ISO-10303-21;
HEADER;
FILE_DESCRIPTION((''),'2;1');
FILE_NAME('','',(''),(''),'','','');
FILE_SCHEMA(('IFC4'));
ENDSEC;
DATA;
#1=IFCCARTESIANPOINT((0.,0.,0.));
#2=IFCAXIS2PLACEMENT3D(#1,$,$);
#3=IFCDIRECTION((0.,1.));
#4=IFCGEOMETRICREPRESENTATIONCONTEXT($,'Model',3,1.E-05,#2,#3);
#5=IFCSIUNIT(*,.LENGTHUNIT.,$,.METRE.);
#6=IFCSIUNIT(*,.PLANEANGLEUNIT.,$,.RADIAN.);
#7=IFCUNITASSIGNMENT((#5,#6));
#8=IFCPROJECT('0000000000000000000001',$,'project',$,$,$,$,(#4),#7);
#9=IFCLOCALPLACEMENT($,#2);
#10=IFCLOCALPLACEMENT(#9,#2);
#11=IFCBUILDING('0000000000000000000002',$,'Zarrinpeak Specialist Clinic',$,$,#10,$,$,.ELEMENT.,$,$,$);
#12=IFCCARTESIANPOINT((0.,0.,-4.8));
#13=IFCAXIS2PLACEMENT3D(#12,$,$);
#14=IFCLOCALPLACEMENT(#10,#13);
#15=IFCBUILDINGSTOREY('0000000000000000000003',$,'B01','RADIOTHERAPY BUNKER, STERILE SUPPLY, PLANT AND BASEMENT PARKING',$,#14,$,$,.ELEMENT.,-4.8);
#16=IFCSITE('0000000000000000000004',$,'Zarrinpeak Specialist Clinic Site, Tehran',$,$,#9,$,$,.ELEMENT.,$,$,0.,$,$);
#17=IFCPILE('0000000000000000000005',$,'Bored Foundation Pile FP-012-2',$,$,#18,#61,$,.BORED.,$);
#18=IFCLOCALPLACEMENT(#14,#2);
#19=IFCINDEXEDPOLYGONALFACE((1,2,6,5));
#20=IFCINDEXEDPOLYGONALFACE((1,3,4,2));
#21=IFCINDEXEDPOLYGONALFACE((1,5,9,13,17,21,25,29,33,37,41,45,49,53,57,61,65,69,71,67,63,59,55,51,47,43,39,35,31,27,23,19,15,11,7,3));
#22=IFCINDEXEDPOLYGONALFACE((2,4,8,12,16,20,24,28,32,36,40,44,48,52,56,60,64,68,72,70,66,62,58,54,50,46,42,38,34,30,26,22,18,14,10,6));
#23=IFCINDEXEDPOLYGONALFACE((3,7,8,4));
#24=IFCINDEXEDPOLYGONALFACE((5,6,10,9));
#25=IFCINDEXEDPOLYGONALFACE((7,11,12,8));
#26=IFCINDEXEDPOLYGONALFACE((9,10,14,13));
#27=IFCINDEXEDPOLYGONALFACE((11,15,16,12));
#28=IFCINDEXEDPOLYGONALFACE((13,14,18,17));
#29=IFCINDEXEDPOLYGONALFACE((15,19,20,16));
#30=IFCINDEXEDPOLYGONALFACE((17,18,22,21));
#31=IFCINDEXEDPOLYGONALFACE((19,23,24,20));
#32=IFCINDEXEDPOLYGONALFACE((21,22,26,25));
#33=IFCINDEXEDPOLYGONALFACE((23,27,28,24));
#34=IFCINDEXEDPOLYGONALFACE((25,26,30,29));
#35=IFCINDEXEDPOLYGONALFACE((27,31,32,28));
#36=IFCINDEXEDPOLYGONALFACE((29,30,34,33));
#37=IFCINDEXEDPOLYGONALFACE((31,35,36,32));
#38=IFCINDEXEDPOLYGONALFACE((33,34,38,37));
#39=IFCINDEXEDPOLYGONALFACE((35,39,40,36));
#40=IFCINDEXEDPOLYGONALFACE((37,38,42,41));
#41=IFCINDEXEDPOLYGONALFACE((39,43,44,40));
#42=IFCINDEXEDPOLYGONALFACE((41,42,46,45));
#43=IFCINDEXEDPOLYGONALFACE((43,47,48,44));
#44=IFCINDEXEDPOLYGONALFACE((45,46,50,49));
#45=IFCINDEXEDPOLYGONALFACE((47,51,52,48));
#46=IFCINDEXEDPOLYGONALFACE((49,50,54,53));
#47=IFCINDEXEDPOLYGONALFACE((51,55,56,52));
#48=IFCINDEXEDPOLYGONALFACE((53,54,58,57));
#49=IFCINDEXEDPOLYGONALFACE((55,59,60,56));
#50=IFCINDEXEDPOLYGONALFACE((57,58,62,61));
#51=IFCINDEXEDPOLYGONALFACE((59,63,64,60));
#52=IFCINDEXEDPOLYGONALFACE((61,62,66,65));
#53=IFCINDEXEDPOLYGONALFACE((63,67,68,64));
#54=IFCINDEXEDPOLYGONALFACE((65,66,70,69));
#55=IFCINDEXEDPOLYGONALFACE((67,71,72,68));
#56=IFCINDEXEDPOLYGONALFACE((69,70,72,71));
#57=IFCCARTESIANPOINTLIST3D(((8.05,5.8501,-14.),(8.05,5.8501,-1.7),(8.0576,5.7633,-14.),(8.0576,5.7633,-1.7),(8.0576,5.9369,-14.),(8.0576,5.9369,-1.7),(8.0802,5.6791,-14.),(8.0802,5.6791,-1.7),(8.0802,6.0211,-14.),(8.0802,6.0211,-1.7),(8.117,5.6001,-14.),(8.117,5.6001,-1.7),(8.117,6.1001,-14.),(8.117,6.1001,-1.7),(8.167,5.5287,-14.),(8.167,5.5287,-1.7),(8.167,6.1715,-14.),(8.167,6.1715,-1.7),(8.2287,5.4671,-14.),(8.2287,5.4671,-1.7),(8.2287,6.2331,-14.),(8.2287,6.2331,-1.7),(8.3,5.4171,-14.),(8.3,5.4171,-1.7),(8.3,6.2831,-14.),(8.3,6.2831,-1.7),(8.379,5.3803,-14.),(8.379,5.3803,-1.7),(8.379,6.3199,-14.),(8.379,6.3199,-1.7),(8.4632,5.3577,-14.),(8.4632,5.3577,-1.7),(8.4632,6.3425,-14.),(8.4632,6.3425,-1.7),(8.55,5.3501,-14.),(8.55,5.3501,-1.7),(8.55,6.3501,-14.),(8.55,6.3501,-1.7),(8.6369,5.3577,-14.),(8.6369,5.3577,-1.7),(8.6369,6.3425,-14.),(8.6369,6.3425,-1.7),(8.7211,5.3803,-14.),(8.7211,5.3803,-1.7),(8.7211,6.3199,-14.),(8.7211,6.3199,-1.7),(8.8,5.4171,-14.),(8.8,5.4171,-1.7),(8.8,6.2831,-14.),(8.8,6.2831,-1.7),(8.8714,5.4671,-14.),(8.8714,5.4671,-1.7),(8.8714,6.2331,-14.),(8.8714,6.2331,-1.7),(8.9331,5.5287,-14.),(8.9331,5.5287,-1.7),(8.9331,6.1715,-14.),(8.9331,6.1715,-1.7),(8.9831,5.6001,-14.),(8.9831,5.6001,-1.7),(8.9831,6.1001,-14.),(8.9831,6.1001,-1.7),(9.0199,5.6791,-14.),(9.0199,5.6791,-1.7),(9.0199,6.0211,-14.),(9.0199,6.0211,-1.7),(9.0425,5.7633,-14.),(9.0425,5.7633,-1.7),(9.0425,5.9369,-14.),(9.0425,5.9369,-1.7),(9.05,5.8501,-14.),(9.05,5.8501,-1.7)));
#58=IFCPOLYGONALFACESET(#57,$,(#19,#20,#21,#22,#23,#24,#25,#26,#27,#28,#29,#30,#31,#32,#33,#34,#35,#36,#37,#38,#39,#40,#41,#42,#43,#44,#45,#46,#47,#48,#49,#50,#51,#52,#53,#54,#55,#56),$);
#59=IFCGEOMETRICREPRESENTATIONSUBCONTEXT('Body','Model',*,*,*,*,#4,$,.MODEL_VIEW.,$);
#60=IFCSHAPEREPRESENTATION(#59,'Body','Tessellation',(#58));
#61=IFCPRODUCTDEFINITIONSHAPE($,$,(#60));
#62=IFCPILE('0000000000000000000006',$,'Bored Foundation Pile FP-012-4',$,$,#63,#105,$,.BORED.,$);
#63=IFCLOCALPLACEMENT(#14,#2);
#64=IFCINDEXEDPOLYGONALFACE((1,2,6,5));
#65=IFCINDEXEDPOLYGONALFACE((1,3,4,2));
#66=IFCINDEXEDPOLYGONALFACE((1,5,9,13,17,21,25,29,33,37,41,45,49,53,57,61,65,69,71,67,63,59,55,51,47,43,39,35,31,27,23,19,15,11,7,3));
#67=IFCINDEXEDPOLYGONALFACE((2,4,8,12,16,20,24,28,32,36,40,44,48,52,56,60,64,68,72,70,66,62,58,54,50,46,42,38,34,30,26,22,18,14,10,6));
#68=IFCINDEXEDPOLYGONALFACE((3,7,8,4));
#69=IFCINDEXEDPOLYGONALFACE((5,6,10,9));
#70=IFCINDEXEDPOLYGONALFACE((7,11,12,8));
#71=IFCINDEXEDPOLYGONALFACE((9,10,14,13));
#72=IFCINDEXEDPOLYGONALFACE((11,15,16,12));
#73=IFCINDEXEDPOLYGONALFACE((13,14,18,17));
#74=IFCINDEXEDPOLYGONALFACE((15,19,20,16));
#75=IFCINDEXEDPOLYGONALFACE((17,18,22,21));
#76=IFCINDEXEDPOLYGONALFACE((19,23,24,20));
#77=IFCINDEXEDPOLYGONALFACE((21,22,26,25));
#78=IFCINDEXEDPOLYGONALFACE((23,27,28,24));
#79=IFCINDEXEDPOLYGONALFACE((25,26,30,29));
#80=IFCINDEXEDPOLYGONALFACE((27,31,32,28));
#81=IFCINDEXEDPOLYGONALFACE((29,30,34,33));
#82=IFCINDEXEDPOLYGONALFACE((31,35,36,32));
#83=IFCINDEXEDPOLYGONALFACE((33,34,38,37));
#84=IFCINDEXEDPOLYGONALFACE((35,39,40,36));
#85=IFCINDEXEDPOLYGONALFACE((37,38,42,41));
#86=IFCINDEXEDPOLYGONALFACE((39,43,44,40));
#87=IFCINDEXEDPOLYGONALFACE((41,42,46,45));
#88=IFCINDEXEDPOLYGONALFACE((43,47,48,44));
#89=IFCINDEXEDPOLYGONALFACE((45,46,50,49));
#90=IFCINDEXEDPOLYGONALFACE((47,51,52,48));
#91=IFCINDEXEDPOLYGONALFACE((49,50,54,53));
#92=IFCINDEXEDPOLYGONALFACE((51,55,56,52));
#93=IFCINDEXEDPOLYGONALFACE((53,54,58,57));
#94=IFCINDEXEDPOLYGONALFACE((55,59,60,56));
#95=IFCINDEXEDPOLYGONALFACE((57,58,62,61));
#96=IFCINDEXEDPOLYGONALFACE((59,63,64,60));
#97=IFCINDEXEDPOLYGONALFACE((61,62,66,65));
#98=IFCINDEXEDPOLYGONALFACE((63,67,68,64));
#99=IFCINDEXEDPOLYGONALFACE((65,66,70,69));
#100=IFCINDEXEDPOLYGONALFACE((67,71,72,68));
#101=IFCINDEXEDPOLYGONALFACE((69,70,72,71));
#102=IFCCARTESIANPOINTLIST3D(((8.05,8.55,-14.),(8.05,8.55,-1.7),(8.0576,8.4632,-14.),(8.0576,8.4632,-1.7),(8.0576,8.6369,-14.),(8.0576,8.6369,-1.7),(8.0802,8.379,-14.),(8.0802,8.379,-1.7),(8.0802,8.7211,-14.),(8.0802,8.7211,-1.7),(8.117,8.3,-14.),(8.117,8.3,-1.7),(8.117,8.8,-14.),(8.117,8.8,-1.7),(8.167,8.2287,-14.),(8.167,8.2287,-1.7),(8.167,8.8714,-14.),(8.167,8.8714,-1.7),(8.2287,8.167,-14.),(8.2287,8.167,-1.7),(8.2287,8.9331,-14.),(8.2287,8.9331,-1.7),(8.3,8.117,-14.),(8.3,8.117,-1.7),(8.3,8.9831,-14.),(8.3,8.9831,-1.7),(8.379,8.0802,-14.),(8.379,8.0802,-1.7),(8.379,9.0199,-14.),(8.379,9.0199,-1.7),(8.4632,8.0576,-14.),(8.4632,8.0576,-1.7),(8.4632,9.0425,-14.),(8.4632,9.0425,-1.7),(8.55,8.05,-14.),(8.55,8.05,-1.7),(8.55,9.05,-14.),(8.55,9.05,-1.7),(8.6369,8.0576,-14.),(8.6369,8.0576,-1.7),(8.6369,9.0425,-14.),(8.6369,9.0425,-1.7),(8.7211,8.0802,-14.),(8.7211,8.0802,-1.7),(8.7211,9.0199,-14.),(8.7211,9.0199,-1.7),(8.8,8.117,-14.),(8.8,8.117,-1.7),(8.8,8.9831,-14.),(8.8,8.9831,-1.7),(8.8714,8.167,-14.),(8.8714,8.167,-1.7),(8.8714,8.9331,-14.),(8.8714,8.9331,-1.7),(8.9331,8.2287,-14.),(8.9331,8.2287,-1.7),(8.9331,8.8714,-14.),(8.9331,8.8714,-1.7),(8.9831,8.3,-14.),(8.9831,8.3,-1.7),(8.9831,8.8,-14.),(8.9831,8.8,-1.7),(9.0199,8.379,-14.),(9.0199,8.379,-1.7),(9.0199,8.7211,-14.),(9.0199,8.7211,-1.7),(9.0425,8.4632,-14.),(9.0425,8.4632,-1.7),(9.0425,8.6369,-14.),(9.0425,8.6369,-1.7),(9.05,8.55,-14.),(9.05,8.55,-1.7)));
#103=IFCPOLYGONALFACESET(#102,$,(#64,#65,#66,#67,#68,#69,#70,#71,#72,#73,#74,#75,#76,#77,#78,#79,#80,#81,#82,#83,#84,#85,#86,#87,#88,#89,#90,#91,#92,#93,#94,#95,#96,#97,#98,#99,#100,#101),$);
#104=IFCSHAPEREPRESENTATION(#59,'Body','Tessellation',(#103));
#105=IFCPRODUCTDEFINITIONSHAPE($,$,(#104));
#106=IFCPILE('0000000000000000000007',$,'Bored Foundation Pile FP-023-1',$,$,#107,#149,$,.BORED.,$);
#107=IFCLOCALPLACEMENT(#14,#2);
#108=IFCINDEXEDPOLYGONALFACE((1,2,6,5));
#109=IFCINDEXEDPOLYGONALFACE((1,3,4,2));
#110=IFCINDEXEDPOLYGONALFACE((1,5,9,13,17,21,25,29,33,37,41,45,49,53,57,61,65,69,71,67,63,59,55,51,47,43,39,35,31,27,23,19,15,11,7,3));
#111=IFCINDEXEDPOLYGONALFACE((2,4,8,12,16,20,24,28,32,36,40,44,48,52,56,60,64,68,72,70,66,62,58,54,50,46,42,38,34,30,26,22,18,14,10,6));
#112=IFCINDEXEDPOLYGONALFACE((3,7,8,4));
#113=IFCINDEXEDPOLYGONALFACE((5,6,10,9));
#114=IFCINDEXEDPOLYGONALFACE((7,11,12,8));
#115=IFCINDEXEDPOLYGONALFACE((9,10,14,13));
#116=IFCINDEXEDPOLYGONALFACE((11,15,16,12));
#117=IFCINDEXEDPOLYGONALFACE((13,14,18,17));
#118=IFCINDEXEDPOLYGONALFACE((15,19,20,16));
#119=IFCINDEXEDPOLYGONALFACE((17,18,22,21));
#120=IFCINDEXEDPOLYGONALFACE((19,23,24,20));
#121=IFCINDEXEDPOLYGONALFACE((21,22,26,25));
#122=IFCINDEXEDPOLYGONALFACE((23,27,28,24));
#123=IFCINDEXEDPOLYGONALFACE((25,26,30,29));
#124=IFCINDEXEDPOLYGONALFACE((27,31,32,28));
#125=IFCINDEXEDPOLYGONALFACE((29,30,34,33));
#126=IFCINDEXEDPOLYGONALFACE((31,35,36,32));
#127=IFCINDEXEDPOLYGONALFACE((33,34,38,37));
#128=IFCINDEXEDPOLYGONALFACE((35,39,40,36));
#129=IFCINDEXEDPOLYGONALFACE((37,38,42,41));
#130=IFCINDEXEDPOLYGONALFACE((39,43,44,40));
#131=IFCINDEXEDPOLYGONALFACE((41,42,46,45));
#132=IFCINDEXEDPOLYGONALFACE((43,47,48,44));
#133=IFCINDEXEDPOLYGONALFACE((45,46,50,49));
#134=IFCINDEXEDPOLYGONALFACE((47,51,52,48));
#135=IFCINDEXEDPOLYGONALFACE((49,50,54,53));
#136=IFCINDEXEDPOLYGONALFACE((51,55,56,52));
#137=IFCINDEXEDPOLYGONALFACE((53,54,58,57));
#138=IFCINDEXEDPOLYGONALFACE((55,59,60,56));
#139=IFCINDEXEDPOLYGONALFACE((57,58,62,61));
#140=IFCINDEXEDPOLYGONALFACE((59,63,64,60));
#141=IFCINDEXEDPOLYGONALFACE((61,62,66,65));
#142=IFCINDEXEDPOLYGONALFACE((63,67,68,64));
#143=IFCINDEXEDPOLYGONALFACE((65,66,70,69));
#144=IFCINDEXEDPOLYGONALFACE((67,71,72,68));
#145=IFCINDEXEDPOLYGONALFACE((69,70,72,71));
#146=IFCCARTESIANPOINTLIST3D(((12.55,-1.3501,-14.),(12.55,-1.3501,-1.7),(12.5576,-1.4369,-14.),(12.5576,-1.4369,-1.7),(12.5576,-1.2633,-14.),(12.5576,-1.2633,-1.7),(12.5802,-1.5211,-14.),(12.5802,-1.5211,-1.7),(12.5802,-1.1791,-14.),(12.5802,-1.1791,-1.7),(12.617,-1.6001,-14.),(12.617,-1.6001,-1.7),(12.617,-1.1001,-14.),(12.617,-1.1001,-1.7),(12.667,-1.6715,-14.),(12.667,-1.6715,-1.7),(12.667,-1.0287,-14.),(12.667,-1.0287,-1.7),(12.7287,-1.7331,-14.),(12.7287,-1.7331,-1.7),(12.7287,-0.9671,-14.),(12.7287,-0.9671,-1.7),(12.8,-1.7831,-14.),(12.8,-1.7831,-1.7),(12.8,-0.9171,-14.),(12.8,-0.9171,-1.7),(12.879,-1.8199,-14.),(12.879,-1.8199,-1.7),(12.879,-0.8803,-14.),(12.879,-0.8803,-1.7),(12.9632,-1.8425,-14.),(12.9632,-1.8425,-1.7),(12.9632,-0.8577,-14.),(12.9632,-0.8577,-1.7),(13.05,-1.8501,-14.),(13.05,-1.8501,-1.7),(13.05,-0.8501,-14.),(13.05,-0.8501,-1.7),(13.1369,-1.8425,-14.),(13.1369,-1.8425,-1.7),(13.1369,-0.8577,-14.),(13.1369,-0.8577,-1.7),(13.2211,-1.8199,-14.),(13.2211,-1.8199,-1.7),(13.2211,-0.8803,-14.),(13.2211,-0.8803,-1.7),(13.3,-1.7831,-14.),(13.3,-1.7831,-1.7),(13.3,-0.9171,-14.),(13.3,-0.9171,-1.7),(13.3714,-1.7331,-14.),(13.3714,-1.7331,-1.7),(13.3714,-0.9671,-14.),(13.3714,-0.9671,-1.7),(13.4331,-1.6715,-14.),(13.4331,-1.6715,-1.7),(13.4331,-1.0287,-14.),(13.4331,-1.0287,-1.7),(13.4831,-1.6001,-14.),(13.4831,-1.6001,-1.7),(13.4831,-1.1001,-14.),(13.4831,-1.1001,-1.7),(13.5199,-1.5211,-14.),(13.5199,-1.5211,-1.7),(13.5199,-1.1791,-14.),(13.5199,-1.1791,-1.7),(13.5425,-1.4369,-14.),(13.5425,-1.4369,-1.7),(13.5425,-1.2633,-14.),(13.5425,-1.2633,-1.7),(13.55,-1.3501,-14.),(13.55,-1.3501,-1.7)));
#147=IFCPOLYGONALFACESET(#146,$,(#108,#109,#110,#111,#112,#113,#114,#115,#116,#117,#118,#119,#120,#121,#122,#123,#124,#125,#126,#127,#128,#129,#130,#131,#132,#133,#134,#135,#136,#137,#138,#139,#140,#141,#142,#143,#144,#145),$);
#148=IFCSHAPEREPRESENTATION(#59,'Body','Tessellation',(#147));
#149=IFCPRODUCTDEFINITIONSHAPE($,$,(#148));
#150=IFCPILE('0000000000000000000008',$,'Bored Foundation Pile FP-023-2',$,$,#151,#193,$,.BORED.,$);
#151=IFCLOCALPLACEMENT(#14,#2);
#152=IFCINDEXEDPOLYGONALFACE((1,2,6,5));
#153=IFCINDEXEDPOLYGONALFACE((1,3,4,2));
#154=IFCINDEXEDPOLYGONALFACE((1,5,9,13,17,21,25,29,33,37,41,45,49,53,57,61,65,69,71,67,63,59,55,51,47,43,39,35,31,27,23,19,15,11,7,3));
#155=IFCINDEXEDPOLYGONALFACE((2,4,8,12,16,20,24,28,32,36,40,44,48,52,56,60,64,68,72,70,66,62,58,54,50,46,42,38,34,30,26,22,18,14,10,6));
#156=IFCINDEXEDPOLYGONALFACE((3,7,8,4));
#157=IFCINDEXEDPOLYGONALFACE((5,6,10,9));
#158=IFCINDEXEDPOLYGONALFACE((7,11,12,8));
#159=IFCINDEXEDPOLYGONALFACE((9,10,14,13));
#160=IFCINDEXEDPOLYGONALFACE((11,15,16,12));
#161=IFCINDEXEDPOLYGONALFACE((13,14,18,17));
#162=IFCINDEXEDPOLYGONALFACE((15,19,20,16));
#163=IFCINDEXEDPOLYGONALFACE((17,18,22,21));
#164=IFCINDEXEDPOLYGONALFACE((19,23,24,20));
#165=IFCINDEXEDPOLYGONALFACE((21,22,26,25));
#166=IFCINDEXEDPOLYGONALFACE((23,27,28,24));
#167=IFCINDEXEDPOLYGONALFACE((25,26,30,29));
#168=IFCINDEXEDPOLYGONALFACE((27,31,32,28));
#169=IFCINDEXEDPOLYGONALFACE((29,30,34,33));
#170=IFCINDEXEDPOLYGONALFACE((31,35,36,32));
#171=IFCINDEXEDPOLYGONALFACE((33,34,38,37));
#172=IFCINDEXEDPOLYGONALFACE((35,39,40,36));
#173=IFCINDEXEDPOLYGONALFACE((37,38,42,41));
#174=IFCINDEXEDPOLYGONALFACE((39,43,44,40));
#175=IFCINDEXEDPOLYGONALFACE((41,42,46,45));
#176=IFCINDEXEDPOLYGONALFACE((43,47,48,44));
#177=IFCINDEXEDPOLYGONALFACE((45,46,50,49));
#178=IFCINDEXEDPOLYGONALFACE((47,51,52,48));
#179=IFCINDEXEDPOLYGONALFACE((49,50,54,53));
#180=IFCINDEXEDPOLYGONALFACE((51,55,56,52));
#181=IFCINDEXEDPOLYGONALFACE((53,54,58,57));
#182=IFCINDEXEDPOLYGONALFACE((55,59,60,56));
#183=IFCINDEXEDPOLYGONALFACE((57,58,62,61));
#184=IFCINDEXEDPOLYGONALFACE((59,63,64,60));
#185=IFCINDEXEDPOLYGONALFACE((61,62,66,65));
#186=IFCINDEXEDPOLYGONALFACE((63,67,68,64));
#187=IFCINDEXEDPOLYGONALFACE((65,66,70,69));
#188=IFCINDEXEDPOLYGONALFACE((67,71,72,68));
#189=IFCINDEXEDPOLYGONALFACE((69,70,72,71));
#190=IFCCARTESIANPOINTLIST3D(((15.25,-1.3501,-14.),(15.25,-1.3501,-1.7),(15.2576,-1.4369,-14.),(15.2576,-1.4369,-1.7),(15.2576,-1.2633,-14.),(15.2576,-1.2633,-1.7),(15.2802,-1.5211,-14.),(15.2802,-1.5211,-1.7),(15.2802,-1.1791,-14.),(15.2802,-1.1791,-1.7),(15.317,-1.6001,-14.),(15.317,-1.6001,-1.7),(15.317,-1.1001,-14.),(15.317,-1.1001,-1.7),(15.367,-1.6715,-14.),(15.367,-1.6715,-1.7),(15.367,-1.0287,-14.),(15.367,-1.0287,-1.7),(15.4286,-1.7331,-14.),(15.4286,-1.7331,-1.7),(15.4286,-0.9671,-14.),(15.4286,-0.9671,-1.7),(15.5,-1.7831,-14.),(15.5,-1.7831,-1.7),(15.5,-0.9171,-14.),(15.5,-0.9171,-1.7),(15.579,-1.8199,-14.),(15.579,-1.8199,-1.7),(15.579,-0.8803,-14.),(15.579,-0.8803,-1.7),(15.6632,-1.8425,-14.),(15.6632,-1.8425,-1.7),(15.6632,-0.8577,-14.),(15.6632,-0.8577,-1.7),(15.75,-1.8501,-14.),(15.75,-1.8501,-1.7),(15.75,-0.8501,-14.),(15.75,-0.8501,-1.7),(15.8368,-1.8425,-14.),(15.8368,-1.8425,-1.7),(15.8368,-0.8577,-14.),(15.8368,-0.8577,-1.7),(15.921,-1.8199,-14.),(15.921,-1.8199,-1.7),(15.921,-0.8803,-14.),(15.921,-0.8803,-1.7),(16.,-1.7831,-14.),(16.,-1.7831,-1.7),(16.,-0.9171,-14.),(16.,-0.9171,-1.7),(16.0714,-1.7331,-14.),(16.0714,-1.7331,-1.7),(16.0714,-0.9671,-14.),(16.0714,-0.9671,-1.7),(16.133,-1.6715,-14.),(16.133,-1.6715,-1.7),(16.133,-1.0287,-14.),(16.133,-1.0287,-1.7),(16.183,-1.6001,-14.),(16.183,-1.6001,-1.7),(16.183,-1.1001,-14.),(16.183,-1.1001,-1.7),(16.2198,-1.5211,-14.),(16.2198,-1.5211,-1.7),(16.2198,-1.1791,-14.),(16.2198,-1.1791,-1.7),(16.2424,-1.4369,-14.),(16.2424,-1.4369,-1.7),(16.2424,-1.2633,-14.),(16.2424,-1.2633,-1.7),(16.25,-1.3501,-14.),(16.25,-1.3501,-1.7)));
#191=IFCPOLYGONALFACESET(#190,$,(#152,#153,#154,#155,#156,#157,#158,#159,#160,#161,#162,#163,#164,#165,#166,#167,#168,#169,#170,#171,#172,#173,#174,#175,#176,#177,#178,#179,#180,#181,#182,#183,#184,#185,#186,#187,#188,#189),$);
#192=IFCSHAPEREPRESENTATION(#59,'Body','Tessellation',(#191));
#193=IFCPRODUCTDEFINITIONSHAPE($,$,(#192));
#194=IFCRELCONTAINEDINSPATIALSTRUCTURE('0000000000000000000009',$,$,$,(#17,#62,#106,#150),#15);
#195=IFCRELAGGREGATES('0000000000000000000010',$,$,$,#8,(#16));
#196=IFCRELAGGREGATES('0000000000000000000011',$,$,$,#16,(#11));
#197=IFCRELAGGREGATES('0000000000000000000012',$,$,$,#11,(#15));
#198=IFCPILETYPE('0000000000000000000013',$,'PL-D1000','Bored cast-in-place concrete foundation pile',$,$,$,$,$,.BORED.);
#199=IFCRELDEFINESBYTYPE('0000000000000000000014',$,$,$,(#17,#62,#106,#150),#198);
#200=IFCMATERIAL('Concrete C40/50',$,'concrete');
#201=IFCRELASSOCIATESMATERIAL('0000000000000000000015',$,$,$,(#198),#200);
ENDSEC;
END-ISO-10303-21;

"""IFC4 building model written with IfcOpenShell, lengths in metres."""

from ifc_helpers import new_model, si_unit, direction, frame, origin, origin_2d, place, context, subcontext, project, spatial, circle, extrude, material, material_profile, profile_set, type_object, element, save


model = new_model("IFC4")

# Units and contexts
model_context = context("Model", 3, precision=1e-05, world=origin(), true_north=direction((0.0, 1.0)))
body_context = subcontext(model_context, "Body", "Model", "MODEL_VIEW")
ifc_project = project(units=[si_unit("LENGTHUNIT", "METRE"), si_unit("PLANEANGLEUNIT", "RADIAN")], contexts=[model_context])

# Site, building, storey
site_placement = place(None, origin())
site = spatial("IfcSite", under=ifc_project, at=site_placement, Name="Zarrinpeak Specialist Clinic Site, Tehran", CompositionType="ELEMENT", RefElevation=0.0)
building_placement = place(site_placement, origin())
building = spatial("IfcBuilding", under=site, at=building_placement, Name="Zarrinpeak Specialist Clinic", CompositionType="ELEMENT")
storey_placement = place(building_placement, frame((0.0, 0.0, -4.8)))
storey = spatial("IfcBuildingStorey", under=building, at=storey_placement, Name="B01", Description="RADIOTHERAPY BUNKER, STERILE SUPPLY, PLANT AND BASEMENT PARKING", CompositionType="ELEMENT", Elevation=-4.8)

# Shared definitions
ifc_material_1 = material(Name="Concrete C40/50", Category="concrete")

# Piles
ifc_material_profile_1 = material_profile(ifc_material_1, circle(Radius=0.5, at=origin_2d()), Name="BORED PILE D1000")
ifc_profile_set_1 = profile_set([ifc_material_profile_1], Name="Concrete C40/50")
pile_type = type_object("IfcPileType", Name="PL-D1000", Description="Bored cast-in-place concrete foundation pile", PredefinedType="BORED", material=ifc_profile_set_1)
for number, where, z_axis, x_axis, name in (
    (1, (8.55, 5.8501, -1.7), (0.0, 0.0, -1.0), (1.0, 0.0, 0.0), "Bored Foundation Pile FP-012-2"),
    (2, (8.55, 8.55, -1.7), (0.0, 0.0, -1.0), (1.0, 0.0, 0.0), "Bored Foundation Pile FP-012-4"),
    (3, (13.05, -1.3501, -1.7), (0.0, 0.0, -1.0), (1.0, 0.0, 0.0), "Bored Foundation Pile FP-023-1"),
    (4, (15.75, -1.3501, -1.7), (0.0, 0.0, -1.0), (1.0, 0.0, 0.0), "Bored Foundation Pile FP-023-2"),
):
    element("IfcPile", number, at=place(storey_placement, frame(where, z_axis=z_axis, x_axis=x_axis)), inside=storey, type_object=pile_type, Name=name, PredefinedType="BORED", context=body_context, shape_type="SweptSolid", body=[
        extrude(circle(Radius=0.5, at=origin_2d()), origin(), (0.0, 0.0, 1.0), 12.3),
    ])

save(model, "model.ifc")
